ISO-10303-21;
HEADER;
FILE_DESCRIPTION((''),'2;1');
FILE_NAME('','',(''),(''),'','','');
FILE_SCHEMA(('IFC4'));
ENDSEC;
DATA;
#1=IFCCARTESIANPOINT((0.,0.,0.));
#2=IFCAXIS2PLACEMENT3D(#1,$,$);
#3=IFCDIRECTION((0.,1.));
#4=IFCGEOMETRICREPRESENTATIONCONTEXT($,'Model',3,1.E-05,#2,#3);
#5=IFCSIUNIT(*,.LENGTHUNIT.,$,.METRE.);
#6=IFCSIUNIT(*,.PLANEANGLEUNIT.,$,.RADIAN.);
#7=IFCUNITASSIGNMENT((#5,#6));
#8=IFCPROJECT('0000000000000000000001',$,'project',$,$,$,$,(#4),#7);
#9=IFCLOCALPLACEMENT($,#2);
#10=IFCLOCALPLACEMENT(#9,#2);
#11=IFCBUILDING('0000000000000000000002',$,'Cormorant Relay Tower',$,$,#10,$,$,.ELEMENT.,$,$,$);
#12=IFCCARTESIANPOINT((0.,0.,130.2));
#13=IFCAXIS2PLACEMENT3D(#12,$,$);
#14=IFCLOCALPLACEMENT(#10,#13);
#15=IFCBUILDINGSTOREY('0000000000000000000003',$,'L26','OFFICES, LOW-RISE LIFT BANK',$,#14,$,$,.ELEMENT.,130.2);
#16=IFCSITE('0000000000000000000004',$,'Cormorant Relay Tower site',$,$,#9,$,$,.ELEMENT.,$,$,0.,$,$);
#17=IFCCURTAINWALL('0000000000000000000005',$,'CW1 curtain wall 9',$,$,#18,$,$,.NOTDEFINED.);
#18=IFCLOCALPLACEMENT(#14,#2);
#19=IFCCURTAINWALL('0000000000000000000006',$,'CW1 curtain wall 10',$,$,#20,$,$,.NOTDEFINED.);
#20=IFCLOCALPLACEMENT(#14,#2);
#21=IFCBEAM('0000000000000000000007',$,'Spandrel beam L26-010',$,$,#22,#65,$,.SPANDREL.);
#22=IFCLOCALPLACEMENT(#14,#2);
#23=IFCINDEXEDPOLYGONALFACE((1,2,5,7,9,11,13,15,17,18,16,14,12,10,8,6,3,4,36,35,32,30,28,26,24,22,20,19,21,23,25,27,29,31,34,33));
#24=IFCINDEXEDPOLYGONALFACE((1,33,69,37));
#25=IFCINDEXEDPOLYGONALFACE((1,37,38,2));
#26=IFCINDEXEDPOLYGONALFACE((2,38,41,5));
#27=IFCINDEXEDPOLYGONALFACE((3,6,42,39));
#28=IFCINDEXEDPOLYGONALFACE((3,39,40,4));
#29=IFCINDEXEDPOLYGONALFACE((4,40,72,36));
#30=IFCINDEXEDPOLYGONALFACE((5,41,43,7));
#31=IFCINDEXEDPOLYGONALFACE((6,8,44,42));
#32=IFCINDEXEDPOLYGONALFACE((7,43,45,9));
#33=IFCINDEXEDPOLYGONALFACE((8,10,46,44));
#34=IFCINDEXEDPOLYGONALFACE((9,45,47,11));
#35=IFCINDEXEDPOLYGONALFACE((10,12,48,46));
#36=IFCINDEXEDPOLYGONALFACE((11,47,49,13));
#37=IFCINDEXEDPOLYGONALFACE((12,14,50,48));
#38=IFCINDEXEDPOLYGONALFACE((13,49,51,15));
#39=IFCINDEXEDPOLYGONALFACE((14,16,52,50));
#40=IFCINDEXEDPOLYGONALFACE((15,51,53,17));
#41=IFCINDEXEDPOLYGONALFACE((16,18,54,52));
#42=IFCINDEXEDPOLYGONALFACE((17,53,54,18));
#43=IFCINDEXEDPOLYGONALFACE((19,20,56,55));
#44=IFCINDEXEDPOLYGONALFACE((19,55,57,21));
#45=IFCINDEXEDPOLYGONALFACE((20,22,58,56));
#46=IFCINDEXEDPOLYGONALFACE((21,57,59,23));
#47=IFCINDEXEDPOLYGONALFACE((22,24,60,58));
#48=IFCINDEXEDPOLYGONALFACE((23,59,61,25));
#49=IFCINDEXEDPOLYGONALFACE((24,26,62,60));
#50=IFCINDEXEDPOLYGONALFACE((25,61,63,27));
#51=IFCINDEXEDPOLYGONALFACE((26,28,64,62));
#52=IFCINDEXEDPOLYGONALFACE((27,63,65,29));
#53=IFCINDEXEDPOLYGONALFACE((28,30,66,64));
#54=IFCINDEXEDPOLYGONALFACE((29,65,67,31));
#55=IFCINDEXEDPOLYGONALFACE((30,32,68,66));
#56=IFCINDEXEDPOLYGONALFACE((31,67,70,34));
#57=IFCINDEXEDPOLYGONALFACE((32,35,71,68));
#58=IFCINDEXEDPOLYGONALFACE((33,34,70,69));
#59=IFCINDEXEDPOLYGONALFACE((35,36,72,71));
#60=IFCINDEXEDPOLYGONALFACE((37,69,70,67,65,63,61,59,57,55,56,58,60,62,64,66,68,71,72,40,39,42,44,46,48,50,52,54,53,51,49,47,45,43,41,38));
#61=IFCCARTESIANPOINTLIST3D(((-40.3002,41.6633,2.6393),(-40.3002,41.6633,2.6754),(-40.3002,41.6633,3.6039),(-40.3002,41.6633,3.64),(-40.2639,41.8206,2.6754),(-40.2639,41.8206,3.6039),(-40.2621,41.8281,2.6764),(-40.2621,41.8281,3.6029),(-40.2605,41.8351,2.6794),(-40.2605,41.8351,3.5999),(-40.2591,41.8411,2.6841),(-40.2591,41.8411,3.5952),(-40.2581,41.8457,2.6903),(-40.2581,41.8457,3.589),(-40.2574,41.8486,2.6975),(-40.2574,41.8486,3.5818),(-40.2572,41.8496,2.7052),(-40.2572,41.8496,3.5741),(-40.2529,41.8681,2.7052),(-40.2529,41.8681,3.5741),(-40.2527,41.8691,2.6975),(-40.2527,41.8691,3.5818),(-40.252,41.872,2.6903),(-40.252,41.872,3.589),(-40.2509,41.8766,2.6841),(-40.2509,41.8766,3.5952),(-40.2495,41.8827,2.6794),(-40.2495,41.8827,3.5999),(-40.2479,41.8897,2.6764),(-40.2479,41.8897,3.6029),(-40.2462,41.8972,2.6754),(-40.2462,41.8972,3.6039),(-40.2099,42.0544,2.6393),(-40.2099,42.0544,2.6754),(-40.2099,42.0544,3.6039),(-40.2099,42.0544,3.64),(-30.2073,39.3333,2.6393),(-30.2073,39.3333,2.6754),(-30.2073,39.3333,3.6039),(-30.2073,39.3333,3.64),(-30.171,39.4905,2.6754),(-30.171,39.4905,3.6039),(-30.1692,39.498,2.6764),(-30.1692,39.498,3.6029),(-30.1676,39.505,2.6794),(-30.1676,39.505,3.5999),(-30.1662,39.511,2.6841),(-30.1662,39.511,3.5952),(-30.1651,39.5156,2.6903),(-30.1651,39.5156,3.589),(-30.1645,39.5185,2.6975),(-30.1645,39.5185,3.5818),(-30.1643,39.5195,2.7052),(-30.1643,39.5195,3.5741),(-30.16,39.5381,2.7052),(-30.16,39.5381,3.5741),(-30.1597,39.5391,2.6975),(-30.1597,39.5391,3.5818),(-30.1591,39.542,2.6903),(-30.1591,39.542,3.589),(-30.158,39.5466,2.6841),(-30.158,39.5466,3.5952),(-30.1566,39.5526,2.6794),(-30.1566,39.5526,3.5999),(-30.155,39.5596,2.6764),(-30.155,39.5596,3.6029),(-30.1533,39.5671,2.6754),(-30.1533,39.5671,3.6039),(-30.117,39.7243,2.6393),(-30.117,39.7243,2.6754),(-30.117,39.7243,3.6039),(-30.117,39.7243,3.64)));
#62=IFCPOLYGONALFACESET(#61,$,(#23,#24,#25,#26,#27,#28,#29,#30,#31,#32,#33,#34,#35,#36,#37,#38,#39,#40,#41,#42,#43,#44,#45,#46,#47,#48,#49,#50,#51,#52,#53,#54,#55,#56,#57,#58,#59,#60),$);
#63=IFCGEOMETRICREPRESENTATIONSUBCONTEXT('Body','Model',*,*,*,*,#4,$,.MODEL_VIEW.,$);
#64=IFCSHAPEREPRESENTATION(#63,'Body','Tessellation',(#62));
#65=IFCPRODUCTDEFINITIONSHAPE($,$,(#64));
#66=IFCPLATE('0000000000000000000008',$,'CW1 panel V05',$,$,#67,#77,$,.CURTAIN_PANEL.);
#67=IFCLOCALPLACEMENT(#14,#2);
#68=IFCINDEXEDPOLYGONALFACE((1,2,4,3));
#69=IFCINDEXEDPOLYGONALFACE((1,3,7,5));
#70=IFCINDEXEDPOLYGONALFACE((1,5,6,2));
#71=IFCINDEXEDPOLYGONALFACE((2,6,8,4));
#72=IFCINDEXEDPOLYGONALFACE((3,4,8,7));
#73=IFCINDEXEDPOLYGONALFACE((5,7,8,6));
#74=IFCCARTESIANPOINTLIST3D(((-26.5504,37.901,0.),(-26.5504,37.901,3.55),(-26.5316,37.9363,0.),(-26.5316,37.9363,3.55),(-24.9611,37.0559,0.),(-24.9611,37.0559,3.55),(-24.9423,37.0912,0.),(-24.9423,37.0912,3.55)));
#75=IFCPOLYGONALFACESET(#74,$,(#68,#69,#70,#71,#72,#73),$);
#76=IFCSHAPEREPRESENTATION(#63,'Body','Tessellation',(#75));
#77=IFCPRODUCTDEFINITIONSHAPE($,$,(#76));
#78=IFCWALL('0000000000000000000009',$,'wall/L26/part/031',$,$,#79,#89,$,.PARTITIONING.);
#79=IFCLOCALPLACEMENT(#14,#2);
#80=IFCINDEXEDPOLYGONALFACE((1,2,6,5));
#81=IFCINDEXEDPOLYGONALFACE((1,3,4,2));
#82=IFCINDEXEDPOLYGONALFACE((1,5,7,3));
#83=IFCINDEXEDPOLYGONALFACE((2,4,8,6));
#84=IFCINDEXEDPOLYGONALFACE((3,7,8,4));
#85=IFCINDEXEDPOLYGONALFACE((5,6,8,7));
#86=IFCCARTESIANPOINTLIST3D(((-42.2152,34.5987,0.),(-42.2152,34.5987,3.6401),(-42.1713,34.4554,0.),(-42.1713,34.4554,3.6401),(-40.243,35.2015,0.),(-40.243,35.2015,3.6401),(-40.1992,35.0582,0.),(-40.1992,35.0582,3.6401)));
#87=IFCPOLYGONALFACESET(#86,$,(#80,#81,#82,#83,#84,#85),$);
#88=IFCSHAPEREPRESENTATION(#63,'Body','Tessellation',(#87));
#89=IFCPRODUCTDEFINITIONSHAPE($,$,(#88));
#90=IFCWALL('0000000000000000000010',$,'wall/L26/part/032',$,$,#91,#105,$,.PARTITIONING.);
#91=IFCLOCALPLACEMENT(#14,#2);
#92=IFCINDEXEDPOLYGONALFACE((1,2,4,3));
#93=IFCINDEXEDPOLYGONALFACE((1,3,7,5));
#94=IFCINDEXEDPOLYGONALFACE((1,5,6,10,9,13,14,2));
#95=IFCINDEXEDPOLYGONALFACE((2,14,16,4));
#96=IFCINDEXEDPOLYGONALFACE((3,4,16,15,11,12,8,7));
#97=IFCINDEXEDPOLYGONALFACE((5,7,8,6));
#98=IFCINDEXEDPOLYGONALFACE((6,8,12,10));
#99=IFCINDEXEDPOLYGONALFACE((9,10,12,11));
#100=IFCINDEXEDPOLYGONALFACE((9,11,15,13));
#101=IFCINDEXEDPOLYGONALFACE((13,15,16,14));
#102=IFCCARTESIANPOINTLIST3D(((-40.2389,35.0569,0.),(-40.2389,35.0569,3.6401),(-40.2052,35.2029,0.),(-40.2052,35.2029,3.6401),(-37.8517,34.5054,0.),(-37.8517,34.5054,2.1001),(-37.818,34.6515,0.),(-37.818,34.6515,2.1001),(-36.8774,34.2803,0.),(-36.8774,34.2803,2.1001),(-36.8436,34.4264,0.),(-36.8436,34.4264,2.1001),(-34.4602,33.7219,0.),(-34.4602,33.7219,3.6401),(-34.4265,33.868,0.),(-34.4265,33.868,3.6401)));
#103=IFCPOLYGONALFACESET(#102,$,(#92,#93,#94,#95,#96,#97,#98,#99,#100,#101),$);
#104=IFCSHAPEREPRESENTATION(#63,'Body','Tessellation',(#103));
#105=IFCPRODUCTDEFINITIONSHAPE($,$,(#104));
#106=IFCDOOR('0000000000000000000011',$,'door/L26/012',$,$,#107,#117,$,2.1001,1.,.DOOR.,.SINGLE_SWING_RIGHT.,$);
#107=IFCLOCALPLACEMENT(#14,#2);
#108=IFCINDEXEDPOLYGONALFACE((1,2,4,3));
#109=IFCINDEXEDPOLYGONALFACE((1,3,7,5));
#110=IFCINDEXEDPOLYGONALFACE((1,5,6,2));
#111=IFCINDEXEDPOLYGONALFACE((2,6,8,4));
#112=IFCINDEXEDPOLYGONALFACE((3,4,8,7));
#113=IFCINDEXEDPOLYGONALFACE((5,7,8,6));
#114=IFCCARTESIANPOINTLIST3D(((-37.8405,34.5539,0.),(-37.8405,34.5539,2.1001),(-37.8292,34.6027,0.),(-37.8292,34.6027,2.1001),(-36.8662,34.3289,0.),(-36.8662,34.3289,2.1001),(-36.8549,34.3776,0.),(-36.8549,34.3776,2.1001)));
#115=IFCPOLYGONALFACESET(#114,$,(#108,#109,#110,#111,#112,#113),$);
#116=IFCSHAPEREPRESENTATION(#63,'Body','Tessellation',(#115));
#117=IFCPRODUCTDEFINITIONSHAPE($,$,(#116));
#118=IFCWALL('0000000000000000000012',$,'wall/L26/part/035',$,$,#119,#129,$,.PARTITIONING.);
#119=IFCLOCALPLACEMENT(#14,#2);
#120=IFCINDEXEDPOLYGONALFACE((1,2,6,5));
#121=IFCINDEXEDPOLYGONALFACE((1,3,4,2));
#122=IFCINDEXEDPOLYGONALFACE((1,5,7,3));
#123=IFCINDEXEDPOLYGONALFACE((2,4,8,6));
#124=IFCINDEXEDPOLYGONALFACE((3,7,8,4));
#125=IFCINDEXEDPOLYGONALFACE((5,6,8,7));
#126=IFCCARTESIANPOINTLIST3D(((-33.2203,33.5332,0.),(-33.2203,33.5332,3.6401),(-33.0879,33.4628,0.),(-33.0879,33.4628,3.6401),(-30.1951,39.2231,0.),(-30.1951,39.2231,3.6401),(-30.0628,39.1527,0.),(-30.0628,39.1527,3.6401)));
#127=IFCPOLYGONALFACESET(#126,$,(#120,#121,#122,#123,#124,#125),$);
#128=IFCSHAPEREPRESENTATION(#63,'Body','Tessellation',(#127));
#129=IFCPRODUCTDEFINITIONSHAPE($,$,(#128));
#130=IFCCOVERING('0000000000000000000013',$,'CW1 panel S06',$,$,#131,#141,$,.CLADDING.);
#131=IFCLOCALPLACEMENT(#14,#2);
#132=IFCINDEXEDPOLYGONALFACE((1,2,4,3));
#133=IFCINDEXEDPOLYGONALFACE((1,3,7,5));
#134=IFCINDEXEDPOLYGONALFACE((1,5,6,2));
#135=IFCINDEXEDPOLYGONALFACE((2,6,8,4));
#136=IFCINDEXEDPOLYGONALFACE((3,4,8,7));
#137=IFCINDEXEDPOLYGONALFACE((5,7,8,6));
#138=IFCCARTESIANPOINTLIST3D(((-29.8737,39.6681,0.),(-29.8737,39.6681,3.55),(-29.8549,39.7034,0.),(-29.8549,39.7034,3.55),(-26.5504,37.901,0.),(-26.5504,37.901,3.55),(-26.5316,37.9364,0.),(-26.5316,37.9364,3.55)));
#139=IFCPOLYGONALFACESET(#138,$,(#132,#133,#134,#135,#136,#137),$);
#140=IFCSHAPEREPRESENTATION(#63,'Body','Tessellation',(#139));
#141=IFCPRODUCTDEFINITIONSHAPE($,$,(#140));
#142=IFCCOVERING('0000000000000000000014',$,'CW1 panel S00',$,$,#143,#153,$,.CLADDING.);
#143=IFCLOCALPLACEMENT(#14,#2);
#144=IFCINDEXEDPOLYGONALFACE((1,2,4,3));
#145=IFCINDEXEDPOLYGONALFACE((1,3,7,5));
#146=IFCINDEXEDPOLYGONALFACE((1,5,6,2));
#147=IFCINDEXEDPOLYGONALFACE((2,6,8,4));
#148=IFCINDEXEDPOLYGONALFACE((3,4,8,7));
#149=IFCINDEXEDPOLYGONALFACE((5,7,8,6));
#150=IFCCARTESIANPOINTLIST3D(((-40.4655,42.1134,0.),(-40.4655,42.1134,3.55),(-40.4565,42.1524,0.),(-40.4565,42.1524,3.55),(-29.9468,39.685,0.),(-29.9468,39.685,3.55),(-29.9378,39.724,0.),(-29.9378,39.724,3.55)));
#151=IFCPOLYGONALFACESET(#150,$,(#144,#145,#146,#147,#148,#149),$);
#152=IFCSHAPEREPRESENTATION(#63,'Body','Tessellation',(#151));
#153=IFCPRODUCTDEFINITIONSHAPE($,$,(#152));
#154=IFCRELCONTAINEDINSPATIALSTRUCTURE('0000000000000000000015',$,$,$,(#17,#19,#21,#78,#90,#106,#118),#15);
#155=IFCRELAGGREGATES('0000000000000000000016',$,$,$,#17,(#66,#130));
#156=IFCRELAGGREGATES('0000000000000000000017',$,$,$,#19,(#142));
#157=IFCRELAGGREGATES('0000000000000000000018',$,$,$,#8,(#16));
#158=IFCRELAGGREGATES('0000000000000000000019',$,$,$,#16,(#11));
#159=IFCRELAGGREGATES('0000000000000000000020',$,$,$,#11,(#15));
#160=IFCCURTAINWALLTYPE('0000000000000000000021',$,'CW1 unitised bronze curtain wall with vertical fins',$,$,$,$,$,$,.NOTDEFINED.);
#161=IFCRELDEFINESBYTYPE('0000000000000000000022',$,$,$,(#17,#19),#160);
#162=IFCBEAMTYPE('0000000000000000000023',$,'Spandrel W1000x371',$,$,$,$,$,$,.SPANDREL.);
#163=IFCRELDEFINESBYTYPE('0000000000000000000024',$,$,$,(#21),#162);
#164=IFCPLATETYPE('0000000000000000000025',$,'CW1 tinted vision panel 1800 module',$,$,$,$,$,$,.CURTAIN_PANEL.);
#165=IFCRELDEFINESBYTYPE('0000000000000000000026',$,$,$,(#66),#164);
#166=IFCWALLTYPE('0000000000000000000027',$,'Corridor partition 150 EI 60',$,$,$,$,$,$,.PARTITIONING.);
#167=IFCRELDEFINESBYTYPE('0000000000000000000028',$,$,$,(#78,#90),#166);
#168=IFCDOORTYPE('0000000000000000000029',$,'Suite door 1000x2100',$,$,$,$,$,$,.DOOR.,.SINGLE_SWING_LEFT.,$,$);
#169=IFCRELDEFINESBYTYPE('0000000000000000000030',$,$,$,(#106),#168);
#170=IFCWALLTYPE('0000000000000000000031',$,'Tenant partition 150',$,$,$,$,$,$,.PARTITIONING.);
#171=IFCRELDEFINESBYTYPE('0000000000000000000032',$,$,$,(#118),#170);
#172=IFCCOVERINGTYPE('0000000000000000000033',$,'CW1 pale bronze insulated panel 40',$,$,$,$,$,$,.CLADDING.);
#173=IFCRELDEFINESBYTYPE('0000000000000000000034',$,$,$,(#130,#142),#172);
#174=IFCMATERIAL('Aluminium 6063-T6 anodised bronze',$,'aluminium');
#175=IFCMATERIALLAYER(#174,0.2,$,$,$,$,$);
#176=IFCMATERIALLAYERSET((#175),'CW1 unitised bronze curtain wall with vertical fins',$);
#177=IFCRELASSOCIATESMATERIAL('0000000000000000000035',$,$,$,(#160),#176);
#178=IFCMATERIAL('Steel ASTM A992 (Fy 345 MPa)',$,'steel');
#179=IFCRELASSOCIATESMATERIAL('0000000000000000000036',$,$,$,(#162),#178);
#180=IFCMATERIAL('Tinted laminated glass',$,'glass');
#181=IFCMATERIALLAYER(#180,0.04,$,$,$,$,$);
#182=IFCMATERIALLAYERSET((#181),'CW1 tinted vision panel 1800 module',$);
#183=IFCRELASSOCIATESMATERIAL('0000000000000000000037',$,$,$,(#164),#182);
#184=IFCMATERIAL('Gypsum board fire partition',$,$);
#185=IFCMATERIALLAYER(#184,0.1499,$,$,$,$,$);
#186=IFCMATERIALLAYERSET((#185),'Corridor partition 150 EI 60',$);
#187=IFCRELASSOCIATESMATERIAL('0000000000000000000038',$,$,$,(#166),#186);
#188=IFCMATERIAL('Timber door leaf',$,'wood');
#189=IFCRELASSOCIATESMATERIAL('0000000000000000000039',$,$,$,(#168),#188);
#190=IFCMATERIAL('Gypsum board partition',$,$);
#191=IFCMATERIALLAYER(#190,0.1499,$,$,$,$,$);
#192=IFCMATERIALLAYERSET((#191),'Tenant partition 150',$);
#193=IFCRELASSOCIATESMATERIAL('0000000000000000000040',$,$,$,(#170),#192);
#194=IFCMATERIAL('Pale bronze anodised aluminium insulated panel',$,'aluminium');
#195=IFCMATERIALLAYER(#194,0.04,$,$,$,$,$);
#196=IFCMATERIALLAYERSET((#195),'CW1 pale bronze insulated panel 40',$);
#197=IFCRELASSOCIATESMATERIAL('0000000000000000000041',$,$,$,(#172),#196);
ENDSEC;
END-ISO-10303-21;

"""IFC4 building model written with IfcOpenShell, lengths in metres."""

from ifc_helpers import new_model, si_unit, direction, frame, frame_2d, origin, origin_2d, place, context, subcontext, project, spatial, rectangle, i_section, extrude, material, layer, layer_set, material_profile, profile_set, type_object, element, fill, aggregate, save


model = new_model("IFC4")

# Units and contexts
model_context = context("Model", 3, precision=1e-05, world=origin(), true_north=direction((0.0, 1.0)))
body_context = subcontext(model_context, "Body", "Model", "MODEL_VIEW")
ifc_project = project(units=[si_unit("LENGTHUNIT", "METRE"), si_unit("PLANEANGLEUNIT", "RADIAN")], contexts=[model_context])

# Site, building, storey
site_placement = place(None, origin())
site = spatial("IfcSite", under=ifc_project, at=site_placement, Name="Cormorant Relay Tower site", CompositionType="ELEMENT", RefElevation=0.0)
building_placement = place(site_placement, origin())
building = spatial("IfcBuilding", under=site, at=building_placement, Name="Cormorant Relay Tower", CompositionType="ELEMENT")
storey_placement = place(building_placement, frame((0.0, 0.0, 130.2)))
storey = spatial("IfcBuildingStorey", under=building, at=storey_placement, Name="L26", Description="OFFICES, LOW-RISE LIFT BANK", CompositionType="ELEMENT", Elevation=130.2)

# Curtain wall
ifc_material_1 = material(Name="Aluminium 6063-T6 anodised bronze", Category="aluminium")
ifc_layer_1 = layer(ifc_material_1, 0.2)
ifc_layer_set_1 = layer_set([ifc_layer_1], Name="CW1 unitised bronze curtain wall with vertical fins")
curtain_wall_type = type_object("IfcCurtainWallType", Name="CW1 unitised bronze curtain wall with vertical fins", PredefinedType="NOTDEFINED", material=ifc_layer_set_1)
curtain_wall_1_placement = place(storey_placement, origin())
curtain_wall_1 = element("IfcCurtainWall", 1, at=curtain_wall_1_placement, inside=storey, type_object=curtain_wall_type, Name="CW1 curtain wall 9", PredefinedType="NOTDEFINED")

# Curtain wall
curtain_wall_2_placement = place(storey_placement, origin())
curtain_wall_2 = element("IfcCurtainWall", 2, at=curtain_wall_2_placement, inside=storey, type_object=curtain_wall_type, Name="CW1 curtain wall 10", PredefinedType="NOTDEFINED")

# Beam
ifc_material_2 = material(Name="Steel ASTM A992 (Fy 345 MPa)", Category="steel")
ifc_material_profile_1 = material_profile(ifc_material_2, i_section(OverallWidth=0.4014, OverallDepth=1.0007, WebThickness=0.019, FlangeThickness=0.0361, FilletRadius=0.0298, at=origin_2d()), Name="W1000x371")
ifc_profile_set_1 = profile_set([ifc_material_profile_1], Name="Steel ASTM A992 (Fy 345 MPa)")
beam_type = type_object("IfcBeamType", Name="Spandrel W1000x371", PredefinedType="SPANDREL", material=ifc_profile_set_1)
beam_placement = place(storey_placement, frame((-30.1621, 39.5288, 3.1396), z_axis=(-0.974372, 0.224944, 0.0), x_axis=(-0.224944, -0.974372, 0.0)))
element("IfcBeam", 3, at=beam_placement, inside=storey, type_object=beam_type, Name="Spandrel beam L26-010", PredefinedType="SPANDREL", context=body_context, shape_type="SweptSolid", body=[
    extrude(i_section(OverallWidth=0.4014, OverallDepth=1.0007, WebThickness=0.019, FlangeThickness=0.0361, FilletRadius=0.0298, at=origin_2d()), origin(), (0.0, 0.0, 1.0), 10.3584),
])

# Plate
ifc_material_3 = material(Name="Tinted laminated glass", Category="glass")
ifc_layer_2 = layer(ifc_material_3, 0.04)
ifc_layer_set_2 = layer_set([ifc_layer_2], Name="CW1 tinted vision panel 1800 module")
plate_type = type_object("IfcPlateType", Name="CW1 tinted vision panel 1800 module", PredefinedType="CURTAIN_PANEL", material=ifc_layer_set_2)
plate_placement = place(storey_placement, frame((-25.7463, 37.4961, 0.0), z_axis=(0.0, 0.0, 1.0), x_axis=(-0.882948, 0.469472, 0.0)))
plate = element("IfcPlate", 4, at=plate_placement, type_object=plate_type, Name="CW1 panel V05", PredefinedType="CURTAIN_PANEL", context=body_context, shape_type="SweptSolid", body=[
    extrude(rectangle(XDim=1.8, YDim=0.04, at=origin_2d()), origin(), (0.0, 0.0, 1.0), 3.55),
])

# Wall
ifc_material_4 = material(Name="Gypsum board fire partition")
ifc_layer_3 = layer(ifc_material_4, 0.1499)
ifc_layer_set_3 = layer_set([ifc_layer_3], Name="Corridor partition 150 EI 60")
wall_type_1 = type_object("IfcWallType", Name="Corridor partition 150 EI 60", PredefinedType="PARTITIONING", material=ifc_layer_set_3)
wall_1_placement = place(storey_placement, frame((-40.2209, 35.1299, 0.0), z_axis=(0.0, 0.0, 1.0), x_axis=(-0.956328, -0.292297, 0.0)))
element("IfcWall", 5, at=wall_1_placement, inside=storey, type_object=wall_type_1, Name="wall/L26/part/031", PredefinedType="PARTITIONING", context=body_context, shape_type="SweptSolid", body=[
    extrude(rectangle(XDim=2.0623, YDim=0.1499, at=frame_2d((1.0312, 0.0))), origin(), (0.0, 0.0, 1.0), 3.6401),
])

# Wall, opening, door
wall_2_placement = place(storey_placement, frame((-40.2219, 35.1299, 0.0), z_axis=(0.0, 0.0, 1.0), x_axis=(0.97434, -0.225082, 0.0)))
wall_2 = element("IfcWall", 6, at=wall_2_placement, inside=storey, type_object=wall_type_1, Name="wall/L26/part/032", PredefinedType="PARTITIONING", context=body_context, shape_type="SweptSolid", body=[
    extrude(rectangle(XDim=5.9309, YDim=0.1499, at=frame_2d((2.9653, 0.0))), origin(), (0.0, 0.0, 1.0), 3.6401),
])
opening_placement = place(wall_2_placement, frame((2.45, 0.0, 0.0)))
opening = element("IfcOpeningElement", 7, at=opening_placement, cuts=wall_2, PredefinedType="OPENING", context=body_context, shape_type="SweptSolid", body=[
    extrude(rectangle(XDim=1.0, YDim=2.1001, at=frame_2d((0.5, 1.05))), frame((0.0, 0.085, 0.0), z_axis=(0.0, -1.0, 0.0), x_axis=(1.0, 0.0, 0.0)), (0.0, 0.0, 1.0), 0.1699),
])
ifc_material_5 = material(Name="Timber door leaf", Category="wood")
door_type = type_object("IfcDoorType", Name="Suite door 1000x2100", OperationType="SINGLE_SWING_LEFT", PredefinedType="DOOR", material=ifc_material_5)
door_placement = place(opening_placement, origin())
door = element("IfcDoor", 8, at=door_placement, inside=storey, type_object=door_type, Name="door/L26/012", OperationType="SINGLE_SWING_RIGHT", OverallHeight=2.1001, OverallWidth=1.0, PredefinedType="DOOR", context=body_context, shape_type="SweptSolid", body=[
    extrude(rectangle(XDim=1.0, YDim=2.1001, at=frame_2d((0.5, 1.05))), frame((0.0, 0.0249, 0.0), z_axis=(0.0, -1.0, 0.0), x_axis=(1.0, 0.0, 0.0)), (0.0, 0.0, 1.0), 0.05),
])
fill(opening, door)

# Wall
ifc_material_6 = material(Name="Gypsum board partition")
ifc_layer_4 = layer(ifc_material_6, 0.1499)
ifc_layer_set_4 = layer_set([ifc_layer_4], Name="Tenant partition 150")
wall_type_2 = type_object("IfcWallType", Name="Tenant partition 150", PredefinedType="PARTITIONING", material=ifc_layer_set_4)
wall_3_placement = place(storey_placement, frame((-30.1289, 39.188, 0.0), z_axis=(0.0, 0.0, 1.0), x_axis=(-0.469441, -0.882964, 0.0)))
element("IfcWall", 9, at=wall_3_placement, inside=storey, type_object=wall_type_2, Name="wall/L26/part/035", PredefinedType="PARTITIONING", context=body_context, shape_type="SweptSolid", body=[
    extrude(rectangle(XDim=6.4441, YDim=0.1499, at=frame_2d((3.2222, 0.0))), origin(), (0.0, 0.0, 1.0), 3.6401),
])

# Coverings
ifc_material_7 = material(Name="Pale bronze anodised aluminium insulated panel", Category="aluminium")
ifc_layer_5 = layer(ifc_material_7, 0.04)
ifc_layer_set_5 = layer_set([ifc_layer_5], Name="CW1 pale bronze insulated panel 40")
covering_type = type_object("IfcCoveringType", Name="CW1 pale bronze insulated panel 40", PredefinedType="CLADDING", material=ifc_layer_set_5)
covering_1_placement = place(storey_placement, frame((-28.2026, 38.8022, 0.0), z_axis=(0.0, 0.0, 1.0), x_axis=(-0.882948, 0.469472, 0.0)))
covering_1 = element("IfcCovering", 10, at=covering_1_placement, type_object=covering_type, Name="CW1 panel S06", PredefinedType="CLADDING", context=body_context, shape_type="SweptSolid", body=[
    extrude(rectangle(XDim=3.7639, YDim=0.04, at=origin_2d()), origin(), (0.0, 0.0, 1.0), 3.55),
])
aggregate(curtain_wall_1, [plate, covering_1])
covering_2_placement = place(storey_placement, frame((-35.2017, 40.9187, 0.0), z_axis=(0.0, 0.0, 1.0), x_axis=(-0.97437, 0.224951, 0.0)))
covering_2 = element("IfcCovering", 11, at=covering_2_placement, type_object=covering_type, Name="CW1 panel S00", PredefinedType="CLADDING", context=body_context, shape_type="SweptSolid", body=[
    extrude(rectangle(XDim=10.7954, YDim=0.04, at=origin_2d()), origin(), (0.0, 0.0, 1.0), 3.55),
])
aggregate(curtain_wall_2, [covering_2])

save(model, "model.ifc")
